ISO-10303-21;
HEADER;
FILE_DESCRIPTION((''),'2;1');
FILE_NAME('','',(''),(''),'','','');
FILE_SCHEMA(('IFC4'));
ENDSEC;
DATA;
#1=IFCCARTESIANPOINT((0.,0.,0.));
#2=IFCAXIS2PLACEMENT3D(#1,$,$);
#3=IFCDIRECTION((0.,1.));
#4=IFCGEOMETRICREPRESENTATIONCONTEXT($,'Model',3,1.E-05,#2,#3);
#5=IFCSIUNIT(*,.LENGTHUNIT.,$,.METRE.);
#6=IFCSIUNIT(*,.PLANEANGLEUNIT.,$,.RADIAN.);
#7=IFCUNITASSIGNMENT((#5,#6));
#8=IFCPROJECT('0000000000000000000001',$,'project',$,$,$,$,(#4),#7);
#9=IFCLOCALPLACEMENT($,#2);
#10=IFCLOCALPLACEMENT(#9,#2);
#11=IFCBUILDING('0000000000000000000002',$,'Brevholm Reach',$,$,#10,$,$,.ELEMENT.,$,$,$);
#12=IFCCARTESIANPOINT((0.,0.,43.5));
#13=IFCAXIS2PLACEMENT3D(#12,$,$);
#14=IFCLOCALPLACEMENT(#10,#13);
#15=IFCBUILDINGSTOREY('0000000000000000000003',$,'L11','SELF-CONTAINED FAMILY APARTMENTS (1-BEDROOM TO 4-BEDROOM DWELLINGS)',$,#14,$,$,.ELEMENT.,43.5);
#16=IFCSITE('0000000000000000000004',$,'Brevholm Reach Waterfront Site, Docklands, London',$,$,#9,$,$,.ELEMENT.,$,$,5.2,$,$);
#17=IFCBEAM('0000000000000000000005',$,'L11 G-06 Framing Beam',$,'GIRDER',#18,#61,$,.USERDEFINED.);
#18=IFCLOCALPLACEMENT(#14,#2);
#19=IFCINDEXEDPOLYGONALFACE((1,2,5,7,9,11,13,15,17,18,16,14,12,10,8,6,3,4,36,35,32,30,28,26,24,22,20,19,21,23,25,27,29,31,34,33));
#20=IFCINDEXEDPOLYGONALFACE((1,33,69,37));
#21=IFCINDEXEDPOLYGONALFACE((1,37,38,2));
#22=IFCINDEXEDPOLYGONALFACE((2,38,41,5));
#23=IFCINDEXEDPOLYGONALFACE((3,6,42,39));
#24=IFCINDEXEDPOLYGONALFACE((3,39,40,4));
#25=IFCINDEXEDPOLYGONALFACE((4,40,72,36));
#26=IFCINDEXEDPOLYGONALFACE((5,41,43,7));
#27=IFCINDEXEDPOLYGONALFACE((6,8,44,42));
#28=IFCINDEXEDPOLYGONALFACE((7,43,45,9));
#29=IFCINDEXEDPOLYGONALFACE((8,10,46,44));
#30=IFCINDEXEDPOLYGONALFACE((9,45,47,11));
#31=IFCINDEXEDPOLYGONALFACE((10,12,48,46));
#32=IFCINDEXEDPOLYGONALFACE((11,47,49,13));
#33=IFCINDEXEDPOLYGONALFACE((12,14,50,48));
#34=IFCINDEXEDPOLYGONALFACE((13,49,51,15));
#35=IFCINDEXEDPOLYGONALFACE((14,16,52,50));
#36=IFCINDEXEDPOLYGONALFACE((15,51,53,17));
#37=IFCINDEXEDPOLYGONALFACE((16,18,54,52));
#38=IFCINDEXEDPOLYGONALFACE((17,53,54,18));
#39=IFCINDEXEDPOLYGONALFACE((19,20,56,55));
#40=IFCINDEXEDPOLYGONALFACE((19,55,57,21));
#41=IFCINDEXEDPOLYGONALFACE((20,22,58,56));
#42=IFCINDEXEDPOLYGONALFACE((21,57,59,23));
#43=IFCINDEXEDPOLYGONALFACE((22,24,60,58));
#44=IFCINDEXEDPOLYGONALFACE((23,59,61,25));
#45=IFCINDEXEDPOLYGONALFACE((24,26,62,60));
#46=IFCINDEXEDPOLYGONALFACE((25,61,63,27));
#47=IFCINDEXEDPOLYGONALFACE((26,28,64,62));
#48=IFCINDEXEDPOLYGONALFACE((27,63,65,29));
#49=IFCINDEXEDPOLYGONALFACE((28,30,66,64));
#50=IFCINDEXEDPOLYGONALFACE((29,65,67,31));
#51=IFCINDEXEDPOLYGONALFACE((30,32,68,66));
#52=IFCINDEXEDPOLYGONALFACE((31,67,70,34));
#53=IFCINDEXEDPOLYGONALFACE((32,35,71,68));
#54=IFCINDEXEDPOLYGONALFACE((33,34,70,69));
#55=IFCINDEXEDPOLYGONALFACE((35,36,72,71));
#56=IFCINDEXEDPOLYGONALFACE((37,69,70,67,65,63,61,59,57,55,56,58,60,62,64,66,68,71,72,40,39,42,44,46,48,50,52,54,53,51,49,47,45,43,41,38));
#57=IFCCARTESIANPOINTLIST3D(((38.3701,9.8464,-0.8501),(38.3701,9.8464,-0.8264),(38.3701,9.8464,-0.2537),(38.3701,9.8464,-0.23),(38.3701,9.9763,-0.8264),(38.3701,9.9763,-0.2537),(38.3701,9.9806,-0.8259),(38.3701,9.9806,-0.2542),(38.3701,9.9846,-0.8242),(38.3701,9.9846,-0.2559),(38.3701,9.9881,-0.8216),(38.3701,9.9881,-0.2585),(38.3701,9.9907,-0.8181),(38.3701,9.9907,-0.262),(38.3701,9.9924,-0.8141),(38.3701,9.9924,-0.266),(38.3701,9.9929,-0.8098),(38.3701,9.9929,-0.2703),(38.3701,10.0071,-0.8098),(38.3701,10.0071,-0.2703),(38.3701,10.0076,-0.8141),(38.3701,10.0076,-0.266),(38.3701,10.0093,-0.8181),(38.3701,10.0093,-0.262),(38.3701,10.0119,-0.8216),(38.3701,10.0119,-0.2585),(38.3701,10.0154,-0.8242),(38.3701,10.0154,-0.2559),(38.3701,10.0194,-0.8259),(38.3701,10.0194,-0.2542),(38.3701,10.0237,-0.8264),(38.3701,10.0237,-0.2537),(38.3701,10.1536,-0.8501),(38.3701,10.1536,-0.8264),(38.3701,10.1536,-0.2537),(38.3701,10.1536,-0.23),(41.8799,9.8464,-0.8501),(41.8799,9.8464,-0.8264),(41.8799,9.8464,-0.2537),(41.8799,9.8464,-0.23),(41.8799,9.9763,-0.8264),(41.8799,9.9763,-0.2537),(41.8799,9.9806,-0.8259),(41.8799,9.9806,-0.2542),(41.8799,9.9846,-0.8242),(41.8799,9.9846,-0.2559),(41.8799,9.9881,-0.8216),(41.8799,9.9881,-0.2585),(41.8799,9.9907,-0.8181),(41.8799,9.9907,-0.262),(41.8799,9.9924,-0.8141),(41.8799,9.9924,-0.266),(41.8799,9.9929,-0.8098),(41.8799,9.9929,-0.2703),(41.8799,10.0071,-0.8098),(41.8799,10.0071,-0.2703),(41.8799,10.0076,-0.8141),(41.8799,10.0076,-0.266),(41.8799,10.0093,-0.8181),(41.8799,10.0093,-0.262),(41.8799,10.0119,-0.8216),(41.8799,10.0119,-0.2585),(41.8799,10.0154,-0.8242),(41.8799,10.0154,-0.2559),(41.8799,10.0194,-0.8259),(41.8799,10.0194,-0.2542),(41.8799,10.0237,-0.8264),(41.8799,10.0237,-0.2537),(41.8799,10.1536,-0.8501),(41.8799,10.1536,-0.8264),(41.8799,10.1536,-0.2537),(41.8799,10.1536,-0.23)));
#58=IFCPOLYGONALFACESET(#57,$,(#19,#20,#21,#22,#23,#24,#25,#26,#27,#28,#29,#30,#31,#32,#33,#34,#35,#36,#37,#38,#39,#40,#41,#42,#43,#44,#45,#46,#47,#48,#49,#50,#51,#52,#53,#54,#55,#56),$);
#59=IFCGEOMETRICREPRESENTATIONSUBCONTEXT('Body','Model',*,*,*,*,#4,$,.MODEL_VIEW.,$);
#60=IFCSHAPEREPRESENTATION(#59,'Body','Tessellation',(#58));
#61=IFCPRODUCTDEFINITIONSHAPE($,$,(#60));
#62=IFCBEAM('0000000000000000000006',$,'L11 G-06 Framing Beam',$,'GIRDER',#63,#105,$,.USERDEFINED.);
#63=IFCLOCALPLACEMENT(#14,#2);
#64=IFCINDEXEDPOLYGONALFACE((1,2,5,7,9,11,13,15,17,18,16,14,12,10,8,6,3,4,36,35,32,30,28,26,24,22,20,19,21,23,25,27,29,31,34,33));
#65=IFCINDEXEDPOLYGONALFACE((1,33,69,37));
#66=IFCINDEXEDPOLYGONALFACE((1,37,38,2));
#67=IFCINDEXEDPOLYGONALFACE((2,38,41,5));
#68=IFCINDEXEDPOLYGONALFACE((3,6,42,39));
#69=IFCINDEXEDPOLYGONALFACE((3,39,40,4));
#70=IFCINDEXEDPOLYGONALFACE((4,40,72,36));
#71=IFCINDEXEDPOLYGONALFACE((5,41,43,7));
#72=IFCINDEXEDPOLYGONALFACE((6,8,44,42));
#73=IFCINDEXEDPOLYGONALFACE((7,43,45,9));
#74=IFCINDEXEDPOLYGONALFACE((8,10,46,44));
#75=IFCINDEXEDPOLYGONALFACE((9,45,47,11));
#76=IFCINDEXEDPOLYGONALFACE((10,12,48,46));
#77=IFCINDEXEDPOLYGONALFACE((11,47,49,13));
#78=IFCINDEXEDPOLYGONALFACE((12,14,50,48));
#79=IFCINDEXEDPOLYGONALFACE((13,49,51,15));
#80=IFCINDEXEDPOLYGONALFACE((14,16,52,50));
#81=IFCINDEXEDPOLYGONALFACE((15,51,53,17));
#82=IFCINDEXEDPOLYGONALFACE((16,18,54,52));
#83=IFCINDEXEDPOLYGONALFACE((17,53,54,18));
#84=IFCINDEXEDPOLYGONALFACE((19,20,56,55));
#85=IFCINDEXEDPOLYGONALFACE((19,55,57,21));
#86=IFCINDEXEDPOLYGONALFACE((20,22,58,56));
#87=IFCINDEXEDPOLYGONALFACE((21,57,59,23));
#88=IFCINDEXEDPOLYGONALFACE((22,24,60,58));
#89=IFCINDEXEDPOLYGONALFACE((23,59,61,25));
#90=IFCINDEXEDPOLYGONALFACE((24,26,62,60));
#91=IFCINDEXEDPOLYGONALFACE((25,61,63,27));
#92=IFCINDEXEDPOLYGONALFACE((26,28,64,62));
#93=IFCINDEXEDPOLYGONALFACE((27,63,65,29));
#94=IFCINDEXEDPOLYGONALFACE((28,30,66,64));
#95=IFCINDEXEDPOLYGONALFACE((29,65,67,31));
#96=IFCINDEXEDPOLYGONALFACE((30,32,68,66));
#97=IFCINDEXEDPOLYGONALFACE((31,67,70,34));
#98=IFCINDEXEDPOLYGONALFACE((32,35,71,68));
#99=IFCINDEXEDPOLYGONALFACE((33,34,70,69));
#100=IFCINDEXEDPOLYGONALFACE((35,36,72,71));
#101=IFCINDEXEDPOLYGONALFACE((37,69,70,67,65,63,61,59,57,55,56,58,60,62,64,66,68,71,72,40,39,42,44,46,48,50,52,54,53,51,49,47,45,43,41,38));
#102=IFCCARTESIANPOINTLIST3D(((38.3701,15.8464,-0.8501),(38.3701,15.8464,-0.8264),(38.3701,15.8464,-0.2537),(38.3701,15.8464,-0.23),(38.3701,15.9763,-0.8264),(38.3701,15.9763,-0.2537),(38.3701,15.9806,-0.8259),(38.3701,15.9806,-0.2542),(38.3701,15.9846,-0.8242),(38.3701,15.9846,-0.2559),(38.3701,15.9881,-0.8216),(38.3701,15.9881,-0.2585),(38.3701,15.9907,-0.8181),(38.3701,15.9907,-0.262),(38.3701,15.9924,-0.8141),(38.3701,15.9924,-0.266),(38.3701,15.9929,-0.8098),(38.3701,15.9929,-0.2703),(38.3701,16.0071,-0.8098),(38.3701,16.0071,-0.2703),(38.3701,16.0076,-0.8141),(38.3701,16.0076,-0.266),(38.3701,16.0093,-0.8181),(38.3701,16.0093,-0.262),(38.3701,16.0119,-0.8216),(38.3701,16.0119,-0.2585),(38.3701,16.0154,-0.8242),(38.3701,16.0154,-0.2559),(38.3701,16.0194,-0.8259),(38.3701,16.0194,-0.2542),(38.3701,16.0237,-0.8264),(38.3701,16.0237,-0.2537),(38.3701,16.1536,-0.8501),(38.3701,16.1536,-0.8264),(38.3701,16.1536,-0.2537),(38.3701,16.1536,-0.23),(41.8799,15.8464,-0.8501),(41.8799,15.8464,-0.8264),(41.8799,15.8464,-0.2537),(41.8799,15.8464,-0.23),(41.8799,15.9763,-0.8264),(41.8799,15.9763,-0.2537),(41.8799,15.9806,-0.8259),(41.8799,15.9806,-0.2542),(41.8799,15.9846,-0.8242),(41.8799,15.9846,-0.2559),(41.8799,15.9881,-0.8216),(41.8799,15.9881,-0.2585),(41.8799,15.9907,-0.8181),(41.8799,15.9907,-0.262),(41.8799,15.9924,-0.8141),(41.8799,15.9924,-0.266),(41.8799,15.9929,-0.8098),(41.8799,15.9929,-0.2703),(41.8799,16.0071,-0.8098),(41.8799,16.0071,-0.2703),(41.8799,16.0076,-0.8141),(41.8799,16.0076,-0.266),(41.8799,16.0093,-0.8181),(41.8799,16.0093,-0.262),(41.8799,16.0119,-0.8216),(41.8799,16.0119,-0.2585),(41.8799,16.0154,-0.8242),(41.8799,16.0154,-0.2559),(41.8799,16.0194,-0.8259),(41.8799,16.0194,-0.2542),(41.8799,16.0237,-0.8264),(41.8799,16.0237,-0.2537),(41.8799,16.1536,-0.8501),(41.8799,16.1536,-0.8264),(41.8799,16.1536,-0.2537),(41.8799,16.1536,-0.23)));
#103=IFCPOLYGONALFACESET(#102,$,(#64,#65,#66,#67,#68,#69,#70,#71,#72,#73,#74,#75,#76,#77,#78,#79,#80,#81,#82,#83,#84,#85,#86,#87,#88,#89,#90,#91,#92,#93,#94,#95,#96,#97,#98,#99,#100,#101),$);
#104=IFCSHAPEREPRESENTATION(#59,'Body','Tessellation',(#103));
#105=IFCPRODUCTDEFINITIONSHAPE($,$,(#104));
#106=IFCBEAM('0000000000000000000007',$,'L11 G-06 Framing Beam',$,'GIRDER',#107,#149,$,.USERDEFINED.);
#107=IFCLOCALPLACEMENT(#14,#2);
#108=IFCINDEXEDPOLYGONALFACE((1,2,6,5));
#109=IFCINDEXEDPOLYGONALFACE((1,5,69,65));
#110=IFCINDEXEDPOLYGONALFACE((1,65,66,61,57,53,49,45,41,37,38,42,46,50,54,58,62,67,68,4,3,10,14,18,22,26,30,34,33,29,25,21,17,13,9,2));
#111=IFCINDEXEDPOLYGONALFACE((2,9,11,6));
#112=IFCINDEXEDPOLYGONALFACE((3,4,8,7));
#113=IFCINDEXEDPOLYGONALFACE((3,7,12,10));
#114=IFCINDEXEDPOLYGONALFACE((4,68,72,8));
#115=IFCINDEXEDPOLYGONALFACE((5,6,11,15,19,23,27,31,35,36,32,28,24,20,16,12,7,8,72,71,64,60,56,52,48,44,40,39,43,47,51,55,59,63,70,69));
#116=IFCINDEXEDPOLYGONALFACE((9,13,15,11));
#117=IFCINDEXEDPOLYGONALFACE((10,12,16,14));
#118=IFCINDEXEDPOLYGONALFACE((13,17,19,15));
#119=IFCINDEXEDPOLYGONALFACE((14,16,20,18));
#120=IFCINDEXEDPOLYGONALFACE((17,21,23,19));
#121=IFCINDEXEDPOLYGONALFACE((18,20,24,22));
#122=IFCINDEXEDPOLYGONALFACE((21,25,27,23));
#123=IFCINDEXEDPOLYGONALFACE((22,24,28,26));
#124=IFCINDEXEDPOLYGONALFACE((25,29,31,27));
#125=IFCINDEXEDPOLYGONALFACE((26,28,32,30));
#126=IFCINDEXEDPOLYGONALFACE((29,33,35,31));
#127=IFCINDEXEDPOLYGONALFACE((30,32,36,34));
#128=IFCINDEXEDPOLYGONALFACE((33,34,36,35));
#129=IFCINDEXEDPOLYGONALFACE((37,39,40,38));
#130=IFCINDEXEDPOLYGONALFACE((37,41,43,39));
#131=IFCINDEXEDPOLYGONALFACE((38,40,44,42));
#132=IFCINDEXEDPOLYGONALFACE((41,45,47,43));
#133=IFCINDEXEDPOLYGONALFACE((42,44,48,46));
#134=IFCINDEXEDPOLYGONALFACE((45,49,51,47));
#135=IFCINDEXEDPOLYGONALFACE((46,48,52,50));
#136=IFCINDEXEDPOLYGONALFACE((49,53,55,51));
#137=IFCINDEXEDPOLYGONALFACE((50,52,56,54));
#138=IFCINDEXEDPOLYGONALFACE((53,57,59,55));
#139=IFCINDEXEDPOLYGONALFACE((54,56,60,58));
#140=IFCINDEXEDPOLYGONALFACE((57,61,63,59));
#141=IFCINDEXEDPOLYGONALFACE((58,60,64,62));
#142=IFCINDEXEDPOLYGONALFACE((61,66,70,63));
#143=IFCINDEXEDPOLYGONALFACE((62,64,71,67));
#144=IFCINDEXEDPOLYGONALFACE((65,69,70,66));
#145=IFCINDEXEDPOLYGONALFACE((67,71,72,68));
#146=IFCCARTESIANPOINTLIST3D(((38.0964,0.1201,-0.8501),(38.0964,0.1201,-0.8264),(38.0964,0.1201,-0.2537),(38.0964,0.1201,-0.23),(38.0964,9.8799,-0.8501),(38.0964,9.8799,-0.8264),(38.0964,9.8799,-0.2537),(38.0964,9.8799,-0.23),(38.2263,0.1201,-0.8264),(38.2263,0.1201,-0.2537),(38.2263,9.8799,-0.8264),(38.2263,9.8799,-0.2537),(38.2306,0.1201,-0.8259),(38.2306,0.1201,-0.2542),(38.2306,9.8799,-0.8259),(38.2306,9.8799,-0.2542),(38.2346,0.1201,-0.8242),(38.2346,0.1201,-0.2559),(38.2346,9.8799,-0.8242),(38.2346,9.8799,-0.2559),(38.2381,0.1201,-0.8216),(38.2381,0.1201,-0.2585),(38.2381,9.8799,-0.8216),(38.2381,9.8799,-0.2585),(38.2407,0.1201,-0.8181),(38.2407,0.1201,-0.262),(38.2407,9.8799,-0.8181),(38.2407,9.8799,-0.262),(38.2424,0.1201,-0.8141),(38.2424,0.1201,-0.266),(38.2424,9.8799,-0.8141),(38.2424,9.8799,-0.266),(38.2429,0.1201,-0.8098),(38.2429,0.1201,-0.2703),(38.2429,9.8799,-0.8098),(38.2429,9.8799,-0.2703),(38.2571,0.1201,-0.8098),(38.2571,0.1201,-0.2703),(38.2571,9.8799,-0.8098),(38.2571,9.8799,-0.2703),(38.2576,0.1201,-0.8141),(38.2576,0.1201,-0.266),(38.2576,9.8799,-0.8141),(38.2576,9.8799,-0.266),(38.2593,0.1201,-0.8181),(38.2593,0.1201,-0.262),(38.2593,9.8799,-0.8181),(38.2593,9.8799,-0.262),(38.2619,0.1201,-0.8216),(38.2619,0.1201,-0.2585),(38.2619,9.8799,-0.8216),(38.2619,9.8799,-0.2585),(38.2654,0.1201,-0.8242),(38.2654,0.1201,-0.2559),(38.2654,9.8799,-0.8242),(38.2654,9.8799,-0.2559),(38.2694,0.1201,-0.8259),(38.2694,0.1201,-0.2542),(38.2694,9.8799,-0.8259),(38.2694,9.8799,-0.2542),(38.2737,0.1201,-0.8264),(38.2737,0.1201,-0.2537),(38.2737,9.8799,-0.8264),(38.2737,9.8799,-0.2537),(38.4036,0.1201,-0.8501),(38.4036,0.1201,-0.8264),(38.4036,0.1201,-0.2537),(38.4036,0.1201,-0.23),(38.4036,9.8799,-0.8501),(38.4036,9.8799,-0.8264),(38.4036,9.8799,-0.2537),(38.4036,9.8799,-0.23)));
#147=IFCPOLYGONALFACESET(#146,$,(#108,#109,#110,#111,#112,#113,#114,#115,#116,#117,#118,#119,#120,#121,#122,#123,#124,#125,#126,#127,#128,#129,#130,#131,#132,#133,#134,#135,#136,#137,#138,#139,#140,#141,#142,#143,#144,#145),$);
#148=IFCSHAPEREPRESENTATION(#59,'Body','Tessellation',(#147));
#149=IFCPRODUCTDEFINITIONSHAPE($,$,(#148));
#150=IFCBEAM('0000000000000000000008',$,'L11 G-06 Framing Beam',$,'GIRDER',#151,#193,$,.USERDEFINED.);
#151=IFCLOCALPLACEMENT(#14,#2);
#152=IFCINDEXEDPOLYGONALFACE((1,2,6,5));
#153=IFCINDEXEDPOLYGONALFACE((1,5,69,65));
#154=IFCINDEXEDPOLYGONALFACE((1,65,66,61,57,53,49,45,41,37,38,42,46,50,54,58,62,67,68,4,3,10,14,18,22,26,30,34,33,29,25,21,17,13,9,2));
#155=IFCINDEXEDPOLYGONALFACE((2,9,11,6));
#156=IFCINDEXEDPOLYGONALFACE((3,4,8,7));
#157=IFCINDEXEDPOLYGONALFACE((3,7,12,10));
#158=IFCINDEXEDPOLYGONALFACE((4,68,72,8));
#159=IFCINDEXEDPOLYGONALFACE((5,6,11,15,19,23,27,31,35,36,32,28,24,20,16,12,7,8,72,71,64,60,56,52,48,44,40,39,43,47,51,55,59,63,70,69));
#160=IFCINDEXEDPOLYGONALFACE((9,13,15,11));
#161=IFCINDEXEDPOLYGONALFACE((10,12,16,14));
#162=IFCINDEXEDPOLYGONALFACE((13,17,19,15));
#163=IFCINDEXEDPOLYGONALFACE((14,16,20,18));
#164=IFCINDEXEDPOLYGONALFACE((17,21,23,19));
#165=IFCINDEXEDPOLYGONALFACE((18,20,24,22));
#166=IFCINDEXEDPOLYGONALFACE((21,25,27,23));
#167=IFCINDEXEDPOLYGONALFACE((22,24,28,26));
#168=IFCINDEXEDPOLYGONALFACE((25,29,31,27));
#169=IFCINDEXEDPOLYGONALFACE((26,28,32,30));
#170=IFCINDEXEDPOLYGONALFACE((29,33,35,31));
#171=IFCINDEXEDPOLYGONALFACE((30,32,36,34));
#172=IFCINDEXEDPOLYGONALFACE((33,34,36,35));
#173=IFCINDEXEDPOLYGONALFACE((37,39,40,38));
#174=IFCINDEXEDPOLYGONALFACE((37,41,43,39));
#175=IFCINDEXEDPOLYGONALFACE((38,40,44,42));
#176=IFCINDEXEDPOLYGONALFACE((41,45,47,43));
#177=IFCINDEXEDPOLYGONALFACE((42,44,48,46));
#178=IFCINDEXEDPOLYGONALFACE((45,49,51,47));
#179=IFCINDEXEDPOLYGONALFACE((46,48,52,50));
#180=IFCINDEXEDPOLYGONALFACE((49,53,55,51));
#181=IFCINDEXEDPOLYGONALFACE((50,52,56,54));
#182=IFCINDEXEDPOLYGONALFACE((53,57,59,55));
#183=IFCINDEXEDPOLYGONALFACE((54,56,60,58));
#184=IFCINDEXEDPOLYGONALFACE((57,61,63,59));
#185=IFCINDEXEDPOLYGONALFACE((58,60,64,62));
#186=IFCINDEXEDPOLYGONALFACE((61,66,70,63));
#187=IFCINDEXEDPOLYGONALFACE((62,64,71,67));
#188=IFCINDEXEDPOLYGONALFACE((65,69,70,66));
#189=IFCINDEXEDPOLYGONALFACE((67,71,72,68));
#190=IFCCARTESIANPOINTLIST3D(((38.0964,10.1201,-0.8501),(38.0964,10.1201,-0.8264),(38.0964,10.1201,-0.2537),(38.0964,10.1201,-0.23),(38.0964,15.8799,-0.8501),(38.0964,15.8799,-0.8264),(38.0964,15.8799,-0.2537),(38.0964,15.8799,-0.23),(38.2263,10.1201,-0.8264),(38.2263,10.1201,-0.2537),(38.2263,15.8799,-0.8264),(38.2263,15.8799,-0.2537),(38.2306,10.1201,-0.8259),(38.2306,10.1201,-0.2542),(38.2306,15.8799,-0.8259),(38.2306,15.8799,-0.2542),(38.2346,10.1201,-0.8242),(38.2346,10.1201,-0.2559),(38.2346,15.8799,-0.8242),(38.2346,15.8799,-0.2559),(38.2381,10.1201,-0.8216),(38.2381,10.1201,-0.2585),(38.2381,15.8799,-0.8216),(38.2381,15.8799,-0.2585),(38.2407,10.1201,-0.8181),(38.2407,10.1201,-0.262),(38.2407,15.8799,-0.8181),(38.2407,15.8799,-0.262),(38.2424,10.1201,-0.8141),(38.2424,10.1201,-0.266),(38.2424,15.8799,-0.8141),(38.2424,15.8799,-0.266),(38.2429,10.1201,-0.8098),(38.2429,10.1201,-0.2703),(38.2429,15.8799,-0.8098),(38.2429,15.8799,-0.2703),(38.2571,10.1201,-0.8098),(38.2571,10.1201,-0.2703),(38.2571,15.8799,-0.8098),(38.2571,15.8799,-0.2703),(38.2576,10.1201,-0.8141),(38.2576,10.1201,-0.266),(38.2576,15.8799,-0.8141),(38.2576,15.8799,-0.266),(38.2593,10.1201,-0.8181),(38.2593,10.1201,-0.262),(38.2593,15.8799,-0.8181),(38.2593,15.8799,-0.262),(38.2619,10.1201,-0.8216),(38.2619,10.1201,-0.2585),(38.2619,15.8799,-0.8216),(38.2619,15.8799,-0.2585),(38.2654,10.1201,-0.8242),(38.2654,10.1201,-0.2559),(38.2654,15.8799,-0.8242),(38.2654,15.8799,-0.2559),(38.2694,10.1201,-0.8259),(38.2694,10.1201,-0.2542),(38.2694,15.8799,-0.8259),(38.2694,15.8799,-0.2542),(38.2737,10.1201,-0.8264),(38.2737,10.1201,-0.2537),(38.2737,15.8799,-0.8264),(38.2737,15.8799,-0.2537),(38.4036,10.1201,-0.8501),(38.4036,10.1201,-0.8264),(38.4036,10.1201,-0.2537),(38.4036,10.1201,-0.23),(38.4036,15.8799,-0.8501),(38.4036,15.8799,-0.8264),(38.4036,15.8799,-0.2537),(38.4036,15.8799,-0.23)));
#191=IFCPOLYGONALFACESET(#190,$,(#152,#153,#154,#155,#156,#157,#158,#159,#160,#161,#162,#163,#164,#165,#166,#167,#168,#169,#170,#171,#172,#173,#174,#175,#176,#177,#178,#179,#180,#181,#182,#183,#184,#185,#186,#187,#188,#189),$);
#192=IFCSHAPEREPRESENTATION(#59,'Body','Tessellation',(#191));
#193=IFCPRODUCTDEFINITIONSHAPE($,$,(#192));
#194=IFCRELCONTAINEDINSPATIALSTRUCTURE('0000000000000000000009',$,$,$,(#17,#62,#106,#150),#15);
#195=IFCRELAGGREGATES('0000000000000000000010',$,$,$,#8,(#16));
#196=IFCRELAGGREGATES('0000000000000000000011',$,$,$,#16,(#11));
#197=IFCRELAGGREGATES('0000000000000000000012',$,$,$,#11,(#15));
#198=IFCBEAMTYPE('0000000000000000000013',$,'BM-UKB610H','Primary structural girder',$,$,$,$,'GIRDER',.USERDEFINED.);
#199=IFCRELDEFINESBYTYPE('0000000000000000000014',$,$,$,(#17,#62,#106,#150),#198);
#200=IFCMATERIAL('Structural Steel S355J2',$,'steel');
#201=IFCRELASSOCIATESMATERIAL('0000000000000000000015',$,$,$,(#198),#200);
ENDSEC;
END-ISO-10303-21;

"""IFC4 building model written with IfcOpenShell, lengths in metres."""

from ifc_helpers import new_model, si_unit, direction, frame, origin, origin_2d, place, context, subcontext, project, spatial, i_section, extrude, material, material_profile, profile_set, type_object, element, save


model = new_model("IFC4")

# Units and contexts
model_context = context("Model", 3, precision=1e-05, world=origin(), true_north=direction((0.0, 1.0)))
body_context = subcontext(model_context, "Body", "Model", "MODEL_VIEW")
ifc_project = project(units=[si_unit("LENGTHUNIT", "METRE"), si_unit("PLANEANGLEUNIT", "RADIAN")], contexts=[model_context])

# Site, building, storey
site_placement = place(None, origin())
site = spatial("IfcSite", under=ifc_project, at=site_placement, Name="Brevholm Reach Waterfront Site, Docklands, London", CompositionType="ELEMENT", RefElevation=5.2)
building_placement = place(site_placement, origin())
building = spatial("IfcBuilding", under=site, at=building_placement, Name="Brevholm Reach", CompositionType="ELEMENT")
storey_placement = place(building_placement, frame((0.0, 0.0, 43.5)))
storey = spatial("IfcBuildingStorey", under=building, at=storey_placement, Name="L11", Description="SELF-CONTAINED FAMILY APARTMENTS (1-BEDROOM TO 4-BEDROOM DWELLINGS)", CompositionType="ELEMENT", Elevation=43.5)

# Beams
ifc_material_1 = material(Name="Structural Steel S355J2", Category="steel")
ifc_material_profile_1 = material_profile(ifc_material_1, i_section(OverallWidth=0.3071, OverallDepth=0.6201, WebThickness=0.0142, FlangeThickness=0.0237, FilletRadius=0.0166, at=origin_2d()), Name="UKB 610x305x179")
ifc_profile_set_1 = profile_set([ifc_material_profile_1], Name="Structural Steel S355J2")
beam_type_1 = type_object("IfcBeamType", Name="BM-UKB610H", Description="Primary structural girder", ElementType="GIRDER", PredefinedType="USERDEFINED", material=ifc_profile_set_1)
for number, where, z_axis, x_axis, name in (
    (1, (38.3701, 10.0, -0.54), (1.0, 0.0, 0.0), (0.0, 1.0, 0.0), "L11 G-06 Framing Beam"),
    (2, (38.3701, 16.0, -0.54), (1.0, 0.0, 0.0), (0.0, 1.0, 0.0), "L11 G-06 Framing Beam"),
):
    element("IfcBeam", number, at=place(storey_placement, frame(where, z_axis=z_axis, x_axis=x_axis)), inside=storey, type_object=beam_type_1, Name=name, ObjectType="GIRDER", PredefinedType="USERDEFINED", context=body_context, shape_type="SweptSolid", body=[
        extrude(i_section(OverallWidth=0.3071, OverallDepth=0.6201, WebThickness=0.0142, FlangeThickness=0.0237, FilletRadius=0.0166, at=origin_2d()), origin(), (0.0, 0.0, 1.0), 3.5098),
    ])
beam_1_placement = place(storey_placement, frame((38.25, 0.1201, -0.54), z_axis=(0.0, 1.0, 0.0), x_axis=(-1.0, 0.0, 0.0)))
element("IfcBeam", 3, at=beam_1_placement, inside=storey, type_object=beam_type_1, Name="L11 G-06 Framing Beam", ObjectType="GIRDER", PredefinedType="USERDEFINED", context=body_context, shape_type="SweptSolid", body=[
    extrude(i_section(OverallWidth=0.3071, OverallDepth=0.6201, WebThickness=0.0142, FlangeThickness=0.0237, FilletRadius=0.0166, at=origin_2d()), origin(), (0.0, 0.0, 1.0), 9.7598),
])
beam_2_placement = place(storey_placement, frame((38.25, 10.1201, -0.54), z_axis=(0.0, 1.0, 0.0), x_axis=(-1.0, 0.0, 0.0)))
element("IfcBeam", 4, at=beam_2_placement, inside=storey, type_object=beam_type_1, Name="L11 G-06 Framing Beam", ObjectType="GIRDER", PredefinedType="USERDEFINED", context=body_context, shape_type="SweptSolid", body=[
    extrude(i_section(OverallWidth=0.3071, OverallDepth=0.6201, WebThickness=0.0142, FlangeThickness=0.0237, FilletRadius=0.0166, at=origin_2d()), origin(), (0.0, 0.0, 1.0), 5.7598),
])

save(model, "model.ifc")
